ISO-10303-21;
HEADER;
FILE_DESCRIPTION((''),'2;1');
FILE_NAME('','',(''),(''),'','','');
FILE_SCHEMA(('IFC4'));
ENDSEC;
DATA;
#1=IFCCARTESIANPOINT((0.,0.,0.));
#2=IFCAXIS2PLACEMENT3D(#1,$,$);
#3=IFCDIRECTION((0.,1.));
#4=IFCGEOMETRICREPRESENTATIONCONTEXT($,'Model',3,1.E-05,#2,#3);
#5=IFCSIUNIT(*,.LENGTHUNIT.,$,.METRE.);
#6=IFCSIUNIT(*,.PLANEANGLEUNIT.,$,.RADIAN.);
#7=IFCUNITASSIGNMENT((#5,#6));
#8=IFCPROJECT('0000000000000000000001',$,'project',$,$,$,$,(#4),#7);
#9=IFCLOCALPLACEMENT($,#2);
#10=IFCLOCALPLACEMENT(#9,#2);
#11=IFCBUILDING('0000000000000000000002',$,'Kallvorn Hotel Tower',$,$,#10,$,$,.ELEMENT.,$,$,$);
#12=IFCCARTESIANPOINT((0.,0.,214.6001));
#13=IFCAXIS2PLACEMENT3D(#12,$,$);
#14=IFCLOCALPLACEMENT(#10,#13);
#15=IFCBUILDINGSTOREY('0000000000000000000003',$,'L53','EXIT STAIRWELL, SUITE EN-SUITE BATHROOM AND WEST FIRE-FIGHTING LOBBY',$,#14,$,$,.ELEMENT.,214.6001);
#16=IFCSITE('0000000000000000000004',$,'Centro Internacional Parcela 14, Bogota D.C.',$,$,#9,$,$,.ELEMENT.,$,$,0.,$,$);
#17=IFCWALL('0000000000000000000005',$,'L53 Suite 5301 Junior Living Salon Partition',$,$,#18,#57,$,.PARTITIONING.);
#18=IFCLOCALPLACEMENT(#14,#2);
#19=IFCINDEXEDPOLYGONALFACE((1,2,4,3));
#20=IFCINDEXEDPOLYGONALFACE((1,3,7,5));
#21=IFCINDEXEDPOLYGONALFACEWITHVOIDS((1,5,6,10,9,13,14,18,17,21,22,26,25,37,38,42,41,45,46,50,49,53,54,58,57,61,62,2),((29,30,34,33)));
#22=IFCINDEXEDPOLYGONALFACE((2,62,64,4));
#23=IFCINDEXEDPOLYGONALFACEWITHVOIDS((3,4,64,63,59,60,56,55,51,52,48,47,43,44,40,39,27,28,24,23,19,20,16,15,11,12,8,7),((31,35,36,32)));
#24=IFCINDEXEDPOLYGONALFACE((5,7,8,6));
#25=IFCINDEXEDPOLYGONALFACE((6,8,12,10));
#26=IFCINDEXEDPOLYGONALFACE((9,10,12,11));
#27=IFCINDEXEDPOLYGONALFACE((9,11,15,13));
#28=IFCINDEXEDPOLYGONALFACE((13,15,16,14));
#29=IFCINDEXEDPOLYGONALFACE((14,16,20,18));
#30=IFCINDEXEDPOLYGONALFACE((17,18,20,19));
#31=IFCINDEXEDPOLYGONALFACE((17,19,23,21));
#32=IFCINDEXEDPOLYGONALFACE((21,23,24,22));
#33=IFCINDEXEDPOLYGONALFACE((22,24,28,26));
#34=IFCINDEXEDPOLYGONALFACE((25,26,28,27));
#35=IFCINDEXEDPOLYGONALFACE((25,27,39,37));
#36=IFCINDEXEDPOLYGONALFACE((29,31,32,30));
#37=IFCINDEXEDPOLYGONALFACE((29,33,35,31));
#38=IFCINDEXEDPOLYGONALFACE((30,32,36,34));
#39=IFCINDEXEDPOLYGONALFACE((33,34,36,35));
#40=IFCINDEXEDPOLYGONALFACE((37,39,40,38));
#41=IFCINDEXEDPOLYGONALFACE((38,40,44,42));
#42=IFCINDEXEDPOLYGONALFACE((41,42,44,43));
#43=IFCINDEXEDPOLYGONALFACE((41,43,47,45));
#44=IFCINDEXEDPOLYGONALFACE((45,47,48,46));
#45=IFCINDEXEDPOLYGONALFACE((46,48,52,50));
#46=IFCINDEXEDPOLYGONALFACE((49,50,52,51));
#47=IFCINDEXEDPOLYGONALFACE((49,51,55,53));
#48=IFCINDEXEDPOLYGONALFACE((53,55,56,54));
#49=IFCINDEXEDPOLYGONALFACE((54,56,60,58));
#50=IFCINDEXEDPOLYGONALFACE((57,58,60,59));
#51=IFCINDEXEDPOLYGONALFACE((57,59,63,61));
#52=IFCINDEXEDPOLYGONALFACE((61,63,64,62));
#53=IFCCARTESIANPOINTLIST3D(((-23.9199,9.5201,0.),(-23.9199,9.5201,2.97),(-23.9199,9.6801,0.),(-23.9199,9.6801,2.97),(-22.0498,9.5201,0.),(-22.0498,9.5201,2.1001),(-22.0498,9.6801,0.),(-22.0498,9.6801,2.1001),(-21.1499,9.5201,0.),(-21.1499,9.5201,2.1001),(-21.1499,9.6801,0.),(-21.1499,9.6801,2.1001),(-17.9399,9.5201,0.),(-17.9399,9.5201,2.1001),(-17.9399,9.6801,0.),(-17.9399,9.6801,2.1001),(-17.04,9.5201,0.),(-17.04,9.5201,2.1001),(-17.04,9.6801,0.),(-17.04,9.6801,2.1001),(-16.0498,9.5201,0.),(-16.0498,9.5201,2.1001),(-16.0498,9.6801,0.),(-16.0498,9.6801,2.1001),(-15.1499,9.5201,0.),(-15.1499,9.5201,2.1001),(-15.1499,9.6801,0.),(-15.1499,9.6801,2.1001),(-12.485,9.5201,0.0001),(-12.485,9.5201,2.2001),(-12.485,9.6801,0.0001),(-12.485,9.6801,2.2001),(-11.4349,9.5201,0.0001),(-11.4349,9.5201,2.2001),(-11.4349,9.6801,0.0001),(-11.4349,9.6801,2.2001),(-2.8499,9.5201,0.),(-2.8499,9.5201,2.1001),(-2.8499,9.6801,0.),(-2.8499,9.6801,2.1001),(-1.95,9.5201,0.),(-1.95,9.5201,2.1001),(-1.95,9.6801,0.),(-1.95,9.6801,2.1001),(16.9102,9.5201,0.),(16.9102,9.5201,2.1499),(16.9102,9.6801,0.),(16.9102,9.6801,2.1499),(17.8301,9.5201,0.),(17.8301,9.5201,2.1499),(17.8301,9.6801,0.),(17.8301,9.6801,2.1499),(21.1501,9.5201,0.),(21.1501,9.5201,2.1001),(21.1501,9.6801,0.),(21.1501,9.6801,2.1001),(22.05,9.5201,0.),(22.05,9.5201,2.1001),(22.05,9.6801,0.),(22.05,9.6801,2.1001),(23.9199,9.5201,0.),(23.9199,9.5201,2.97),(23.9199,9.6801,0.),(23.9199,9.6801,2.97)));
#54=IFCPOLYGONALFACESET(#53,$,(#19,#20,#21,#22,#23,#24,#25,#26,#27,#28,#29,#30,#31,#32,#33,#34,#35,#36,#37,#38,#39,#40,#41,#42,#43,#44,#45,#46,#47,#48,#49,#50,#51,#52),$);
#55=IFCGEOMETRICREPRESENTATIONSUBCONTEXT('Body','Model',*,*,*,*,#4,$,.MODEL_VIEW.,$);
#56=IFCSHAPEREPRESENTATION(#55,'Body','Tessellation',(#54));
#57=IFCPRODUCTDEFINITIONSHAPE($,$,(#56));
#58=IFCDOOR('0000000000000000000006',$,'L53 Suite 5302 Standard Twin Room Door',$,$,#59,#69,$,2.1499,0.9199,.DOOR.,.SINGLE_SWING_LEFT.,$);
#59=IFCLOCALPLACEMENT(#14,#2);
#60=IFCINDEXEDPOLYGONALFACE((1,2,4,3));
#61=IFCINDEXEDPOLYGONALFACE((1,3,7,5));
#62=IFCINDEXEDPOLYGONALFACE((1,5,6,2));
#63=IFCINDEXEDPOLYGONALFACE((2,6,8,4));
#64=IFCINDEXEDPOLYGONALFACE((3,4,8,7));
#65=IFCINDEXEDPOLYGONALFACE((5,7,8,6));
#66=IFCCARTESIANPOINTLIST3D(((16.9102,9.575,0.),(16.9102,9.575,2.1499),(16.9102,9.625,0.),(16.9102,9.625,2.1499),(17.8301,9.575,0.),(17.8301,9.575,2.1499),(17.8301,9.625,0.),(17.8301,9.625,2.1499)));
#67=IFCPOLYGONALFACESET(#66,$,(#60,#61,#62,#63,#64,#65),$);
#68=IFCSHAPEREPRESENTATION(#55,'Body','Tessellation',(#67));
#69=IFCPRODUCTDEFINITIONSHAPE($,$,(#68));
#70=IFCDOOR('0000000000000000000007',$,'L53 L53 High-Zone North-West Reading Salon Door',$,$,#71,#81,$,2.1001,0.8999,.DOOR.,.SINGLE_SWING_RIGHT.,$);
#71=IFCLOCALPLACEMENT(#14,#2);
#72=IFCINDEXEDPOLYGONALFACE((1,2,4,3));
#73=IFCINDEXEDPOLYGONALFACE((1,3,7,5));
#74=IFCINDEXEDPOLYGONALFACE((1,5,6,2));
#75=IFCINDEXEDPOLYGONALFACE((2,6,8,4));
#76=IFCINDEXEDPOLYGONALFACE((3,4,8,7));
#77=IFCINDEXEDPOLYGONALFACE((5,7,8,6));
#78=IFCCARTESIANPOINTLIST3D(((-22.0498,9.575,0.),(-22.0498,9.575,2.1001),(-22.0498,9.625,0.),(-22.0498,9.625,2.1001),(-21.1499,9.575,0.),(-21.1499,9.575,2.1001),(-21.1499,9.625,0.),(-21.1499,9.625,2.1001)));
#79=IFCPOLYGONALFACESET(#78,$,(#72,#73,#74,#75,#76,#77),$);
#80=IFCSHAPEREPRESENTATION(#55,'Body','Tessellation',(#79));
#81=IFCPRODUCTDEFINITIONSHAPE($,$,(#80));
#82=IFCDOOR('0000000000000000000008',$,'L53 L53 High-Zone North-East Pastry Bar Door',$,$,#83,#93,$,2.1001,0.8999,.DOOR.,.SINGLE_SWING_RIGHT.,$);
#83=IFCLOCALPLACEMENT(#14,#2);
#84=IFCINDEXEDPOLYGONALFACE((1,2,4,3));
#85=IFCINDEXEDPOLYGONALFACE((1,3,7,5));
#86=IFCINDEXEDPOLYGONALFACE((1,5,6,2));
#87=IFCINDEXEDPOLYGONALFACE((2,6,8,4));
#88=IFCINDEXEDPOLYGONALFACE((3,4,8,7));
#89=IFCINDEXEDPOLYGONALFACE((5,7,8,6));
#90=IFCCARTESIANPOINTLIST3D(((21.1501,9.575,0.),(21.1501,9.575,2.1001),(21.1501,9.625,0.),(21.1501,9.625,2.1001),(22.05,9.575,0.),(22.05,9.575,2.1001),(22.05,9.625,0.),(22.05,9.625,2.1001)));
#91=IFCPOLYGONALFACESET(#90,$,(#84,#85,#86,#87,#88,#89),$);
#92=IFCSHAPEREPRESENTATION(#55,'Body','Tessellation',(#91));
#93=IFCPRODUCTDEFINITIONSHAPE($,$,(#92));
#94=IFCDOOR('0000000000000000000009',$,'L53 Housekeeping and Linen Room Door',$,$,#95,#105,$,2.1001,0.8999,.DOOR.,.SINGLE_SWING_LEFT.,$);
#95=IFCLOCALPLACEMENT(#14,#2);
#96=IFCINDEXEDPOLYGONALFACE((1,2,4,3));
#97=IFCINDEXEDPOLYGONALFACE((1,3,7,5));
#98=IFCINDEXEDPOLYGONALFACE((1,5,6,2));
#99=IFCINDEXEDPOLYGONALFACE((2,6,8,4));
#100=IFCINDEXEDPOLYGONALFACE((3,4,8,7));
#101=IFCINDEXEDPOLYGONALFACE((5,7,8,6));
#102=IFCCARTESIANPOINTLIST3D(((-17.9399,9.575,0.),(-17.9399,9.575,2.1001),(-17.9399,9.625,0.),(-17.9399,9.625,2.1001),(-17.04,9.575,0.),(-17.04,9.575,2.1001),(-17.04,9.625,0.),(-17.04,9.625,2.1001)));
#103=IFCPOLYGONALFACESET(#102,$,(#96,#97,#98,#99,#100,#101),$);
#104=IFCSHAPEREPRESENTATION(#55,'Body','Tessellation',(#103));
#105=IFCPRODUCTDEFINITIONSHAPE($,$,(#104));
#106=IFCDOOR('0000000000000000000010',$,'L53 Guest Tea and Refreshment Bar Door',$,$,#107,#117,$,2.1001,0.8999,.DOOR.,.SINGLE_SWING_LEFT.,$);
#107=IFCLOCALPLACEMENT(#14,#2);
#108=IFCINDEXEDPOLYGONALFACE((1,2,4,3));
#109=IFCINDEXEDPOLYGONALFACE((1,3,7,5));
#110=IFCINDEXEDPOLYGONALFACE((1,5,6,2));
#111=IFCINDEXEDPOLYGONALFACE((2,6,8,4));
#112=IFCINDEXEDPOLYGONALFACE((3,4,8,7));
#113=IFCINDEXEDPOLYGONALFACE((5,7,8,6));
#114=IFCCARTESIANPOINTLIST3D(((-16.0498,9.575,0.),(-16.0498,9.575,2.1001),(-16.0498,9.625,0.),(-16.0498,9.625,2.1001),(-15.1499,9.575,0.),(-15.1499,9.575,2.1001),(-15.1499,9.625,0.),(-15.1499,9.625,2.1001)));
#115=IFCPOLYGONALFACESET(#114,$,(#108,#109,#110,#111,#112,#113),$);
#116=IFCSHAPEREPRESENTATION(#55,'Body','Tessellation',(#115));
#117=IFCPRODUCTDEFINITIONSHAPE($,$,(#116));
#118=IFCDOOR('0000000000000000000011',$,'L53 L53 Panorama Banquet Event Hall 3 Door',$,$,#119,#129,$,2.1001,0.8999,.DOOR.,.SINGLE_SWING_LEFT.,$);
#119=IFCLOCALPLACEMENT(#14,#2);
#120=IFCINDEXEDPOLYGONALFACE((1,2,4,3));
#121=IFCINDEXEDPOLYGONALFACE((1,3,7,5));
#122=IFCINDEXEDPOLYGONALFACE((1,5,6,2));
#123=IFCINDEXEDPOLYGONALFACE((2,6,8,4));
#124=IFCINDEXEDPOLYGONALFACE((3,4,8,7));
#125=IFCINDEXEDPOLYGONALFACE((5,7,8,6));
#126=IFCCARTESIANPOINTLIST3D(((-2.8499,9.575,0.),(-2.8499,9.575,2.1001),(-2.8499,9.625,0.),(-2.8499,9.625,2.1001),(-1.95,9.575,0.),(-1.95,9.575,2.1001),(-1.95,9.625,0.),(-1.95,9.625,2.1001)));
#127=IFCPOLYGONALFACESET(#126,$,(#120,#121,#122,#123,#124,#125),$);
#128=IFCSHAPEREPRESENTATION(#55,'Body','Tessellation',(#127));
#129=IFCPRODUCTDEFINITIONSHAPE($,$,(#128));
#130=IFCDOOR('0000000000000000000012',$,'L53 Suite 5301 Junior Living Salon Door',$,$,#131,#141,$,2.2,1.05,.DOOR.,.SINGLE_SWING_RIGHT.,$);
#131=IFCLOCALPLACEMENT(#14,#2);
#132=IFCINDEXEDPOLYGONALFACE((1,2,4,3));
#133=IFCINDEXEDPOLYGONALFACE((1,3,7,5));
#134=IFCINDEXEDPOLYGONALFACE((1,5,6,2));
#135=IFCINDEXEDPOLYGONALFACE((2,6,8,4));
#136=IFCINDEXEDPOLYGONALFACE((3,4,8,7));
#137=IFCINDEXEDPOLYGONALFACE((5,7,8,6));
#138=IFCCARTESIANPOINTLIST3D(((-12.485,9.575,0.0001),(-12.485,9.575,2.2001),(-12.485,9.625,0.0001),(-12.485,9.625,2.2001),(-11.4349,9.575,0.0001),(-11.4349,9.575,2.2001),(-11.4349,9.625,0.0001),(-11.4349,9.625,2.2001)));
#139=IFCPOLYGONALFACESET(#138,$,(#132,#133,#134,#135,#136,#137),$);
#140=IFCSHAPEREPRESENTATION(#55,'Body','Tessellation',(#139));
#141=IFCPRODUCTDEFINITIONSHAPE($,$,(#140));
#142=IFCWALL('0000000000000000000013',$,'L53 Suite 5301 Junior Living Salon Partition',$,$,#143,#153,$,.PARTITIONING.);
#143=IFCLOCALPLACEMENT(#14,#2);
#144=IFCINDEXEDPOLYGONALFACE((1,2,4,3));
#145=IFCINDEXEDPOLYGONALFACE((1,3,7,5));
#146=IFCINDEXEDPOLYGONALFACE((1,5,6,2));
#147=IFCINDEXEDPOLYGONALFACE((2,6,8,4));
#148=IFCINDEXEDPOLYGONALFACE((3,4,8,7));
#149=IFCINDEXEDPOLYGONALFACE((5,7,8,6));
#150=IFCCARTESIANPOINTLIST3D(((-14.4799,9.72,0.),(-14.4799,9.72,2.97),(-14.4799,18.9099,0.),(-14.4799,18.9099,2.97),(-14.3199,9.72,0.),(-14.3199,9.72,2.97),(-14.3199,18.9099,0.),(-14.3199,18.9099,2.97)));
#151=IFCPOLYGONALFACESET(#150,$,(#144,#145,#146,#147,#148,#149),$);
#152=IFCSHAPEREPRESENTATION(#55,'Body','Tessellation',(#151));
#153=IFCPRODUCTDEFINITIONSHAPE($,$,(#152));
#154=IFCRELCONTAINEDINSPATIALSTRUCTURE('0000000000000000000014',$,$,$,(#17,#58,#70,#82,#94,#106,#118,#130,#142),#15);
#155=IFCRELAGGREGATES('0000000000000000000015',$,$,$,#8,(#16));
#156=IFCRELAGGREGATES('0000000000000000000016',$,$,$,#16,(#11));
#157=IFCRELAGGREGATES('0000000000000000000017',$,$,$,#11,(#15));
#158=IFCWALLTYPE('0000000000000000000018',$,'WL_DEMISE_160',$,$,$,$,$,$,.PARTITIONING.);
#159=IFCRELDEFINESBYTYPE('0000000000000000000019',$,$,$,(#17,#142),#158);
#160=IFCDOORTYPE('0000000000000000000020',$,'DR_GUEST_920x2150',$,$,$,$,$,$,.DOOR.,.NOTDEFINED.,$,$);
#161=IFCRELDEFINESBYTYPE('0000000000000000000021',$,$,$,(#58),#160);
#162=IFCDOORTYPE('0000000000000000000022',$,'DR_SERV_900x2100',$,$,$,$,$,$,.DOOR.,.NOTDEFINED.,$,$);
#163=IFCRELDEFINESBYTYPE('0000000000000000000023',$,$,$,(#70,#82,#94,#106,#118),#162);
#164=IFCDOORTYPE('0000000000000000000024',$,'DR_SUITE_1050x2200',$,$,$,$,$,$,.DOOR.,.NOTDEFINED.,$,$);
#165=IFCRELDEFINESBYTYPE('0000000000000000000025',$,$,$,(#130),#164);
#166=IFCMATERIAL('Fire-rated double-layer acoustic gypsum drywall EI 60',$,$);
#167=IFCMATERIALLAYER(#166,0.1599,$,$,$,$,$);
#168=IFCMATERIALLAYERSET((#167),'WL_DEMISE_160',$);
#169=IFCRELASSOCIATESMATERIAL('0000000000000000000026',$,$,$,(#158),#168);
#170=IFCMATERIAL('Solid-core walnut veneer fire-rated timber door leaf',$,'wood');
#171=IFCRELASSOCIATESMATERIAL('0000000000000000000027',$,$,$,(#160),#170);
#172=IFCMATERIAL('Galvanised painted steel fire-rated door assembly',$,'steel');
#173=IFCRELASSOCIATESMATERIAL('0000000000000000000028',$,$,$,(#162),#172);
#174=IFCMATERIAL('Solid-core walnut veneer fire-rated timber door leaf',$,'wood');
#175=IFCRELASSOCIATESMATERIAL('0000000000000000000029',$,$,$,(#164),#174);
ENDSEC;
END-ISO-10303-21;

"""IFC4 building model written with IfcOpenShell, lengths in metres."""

from ifc_helpers import new_model, si_unit, direction, frame, frame_2d, origin, place, context, subcontext, project, spatial, rectangle, extrude, material, layer, layer_set, type_object, element, fill, save


model = new_model("IFC4")

# Units and contexts
model_context = context("Model", 3, precision=1e-05, world=origin(), true_north=direction((0.0, 1.0)))
body_context = subcontext(model_context, "Body", "Model", "MODEL_VIEW")
ifc_project = project(units=[si_unit("LENGTHUNIT", "METRE"), si_unit("PLANEANGLEUNIT", "RADIAN")], contexts=[model_context])

# Site, building, storey
site_placement = place(None, origin())
site = spatial("IfcSite", under=ifc_project, at=site_placement, Name="Centro Internacional Parcela 14, Bogota D.C.", CompositionType="ELEMENT", RefElevation=0.0)
building_placement = place(site_placement, origin())
building = spatial("IfcBuilding", under=site, at=building_placement, Name="Kallvorn Hotel Tower", CompositionType="ELEMENT")
storey_placement = place(building_placement, frame((0.0, 0.0, 214.6001)))
storey = spatial("IfcBuildingStorey", under=building, at=storey_placement, Name="L53", Description="EXIT STAIRWELL, SUITE EN-SUITE BATHROOM AND WEST FIRE-FIGHTING LOBBY", CompositionType="ELEMENT", Elevation=214.6001)

# Wall, openings, doors
ifc_material_1 = material(Name="Fire-rated double-layer acoustic gypsum drywall EI 60")
ifc_layer_1 = layer(ifc_material_1, 0.1599)
ifc_layer_set_1 = layer_set([ifc_layer_1], Name="WL_DEMISE_160")
wall_type_1 = type_object("IfcWallType", Name="WL_DEMISE_160", PredefinedType="PARTITIONING", material=ifc_layer_set_1)
wall_1_placement = place(storey_placement, frame((-23.9199, 9.6001, 0.0), z_axis=(0.0, 0.0, 1.0), x_axis=(1.0, 0.0, 0.0)))
wall_1 = element("IfcWall", 1, at=wall_1_placement, inside=storey, type_object=wall_type_1, Name="L53 Suite 5301 Junior Living Salon Partition", PredefinedType="PARTITIONING", context=body_context, shape_type="SweptSolid", body=[
    extrude(rectangle(XDim=47.8398, YDim=0.1599, at=frame_2d((23.9199, 0.0))), origin(), (0.0, 0.0, 1.0), 2.97),
])
opening_1_placement = place(wall_1_placement, frame((1.8701, 0.0, 0.0)))
opening_1 = element("IfcOpeningElement", 2, at=opening_1_placement, cuts=wall_1, PredefinedType="OPENING", context=body_context, shape_type="SweptSolid", body=[
    extrude(rectangle(XDim=0.8999, YDim=2.1001, at=frame_2d((0.45, 1.05))), frame((0.0, 0.095, 0.0), z_axis=(0.0, -1.0, 0.0), x_axis=(1.0, 0.0, 0.0)), (0.0, 0.0, 1.0), 0.1899),
])
opening_2_placement = place(wall_1_placement, frame((45.0701, 0.0, 0.0)))
opening_2 = element("IfcOpeningElement", 3, at=opening_2_placement, cuts=wall_1, PredefinedType="OPENING", context=body_context, shape_type="SweptSolid", body=[
    extrude(rectangle(XDim=0.8999, YDim=2.1001, at=frame_2d((0.45, 1.05))), frame((0.0, 0.095, 0.0), z_axis=(0.0, -1.0, 0.0), x_axis=(1.0, 0.0, 0.0)), (0.0, 0.0, 1.0), 0.1899),
])
opening_3_placement = place(wall_1_placement, frame((5.98, 0.0, 0.0)))
opening_3 = element("IfcOpeningElement", 4, at=opening_3_placement, cuts=wall_1, PredefinedType="OPENING", context=body_context, shape_type="SweptSolid", body=[
    extrude(rectangle(XDim=0.8999, YDim=2.1001, at=frame_2d((0.45, 1.05))), frame((0.0, 0.095, 0.0), z_axis=(0.0, -1.0, 0.0), x_axis=(1.0, 0.0, 0.0)), (0.0, 0.0, 1.0), 0.1899),
])
opening_4_placement = place(wall_1_placement, frame((7.8701, 0.0, 0.0)))
opening_4 = element("IfcOpeningElement", 5, at=opening_4_placement, cuts=wall_1, PredefinedType="OPENING", context=body_context, shape_type="SweptSolid", body=[
    extrude(rectangle(XDim=0.8999, YDim=2.1001, at=frame_2d((0.45, 1.05))), frame((0.0, 0.095, 0.0), z_axis=(0.0, -1.0, 0.0), x_axis=(1.0, 0.0, 0.0)), (0.0, 0.0, 1.0), 0.1899),
])
opening_5_placement = place(wall_1_placement, frame((11.4351, 0.0, 0.0)))
opening_5 = element("IfcOpeningElement", 6, at=opening_5_placement, cuts=wall_1, PredefinedType="OPENING", context=body_context, shape_type="SweptSolid", body=[
    extrude(rectangle(XDim=1.05, YDim=2.2, at=frame_2d((0.5249, 1.1001))), frame((0.0, 0.095, 0.0), z_axis=(0.0, -1.0, 0.0), x_axis=(1.0, 0.0, 0.0)), (0.0, 0.0, 1.0), 0.1899),
])
opening_6_placement = place(wall_1_placement, frame((21.0701, 0.0, 0.0)))
opening_6 = element("IfcOpeningElement", 7, at=opening_6_placement, cuts=wall_1, PredefinedType="OPENING", context=body_context, shape_type="SweptSolid", body=[
    extrude(rectangle(XDim=0.8999, YDim=2.1001, at=frame_2d((0.45, 1.05))), frame((0.0, 0.095, 0.0), z_axis=(0.0, -1.0, 0.0), x_axis=(1.0, 0.0, 0.0)), (0.0, 0.0, 1.0), 0.1899),
])
opening_7_placement = place(wall_1_placement, frame((40.8301, 0.0, 0.0)))
opening_7 = element("IfcOpeningElement", 8, at=opening_7_placement, cuts=wall_1, PredefinedType="OPENING", context=body_context, shape_type="SweptSolid", body=[
    extrude(rectangle(XDim=0.9199, YDim=2.1499, at=frame_2d((0.46, 1.075))), frame((0.0, 0.095, 0.0), z_axis=(0.0, -1.0, 0.0), x_axis=(1.0, 0.0, 0.0)), (0.0, 0.0, 1.0), 0.1899),
])
ifc_material_2 = material(Name="Solid-core walnut veneer fire-rated timber door leaf", Category="wood")
door_type_1 = type_object("IfcDoorType", Name="DR_GUEST_920x2150", OperationType="NOTDEFINED", PredefinedType="DOOR", material=ifc_material_2)
door_1_placement = place(opening_7_placement, origin())
door_1 = element("IfcDoor", 9, at=door_1_placement, inside=storey, type_object=door_type_1, Name="L53 Suite 5302 Standard Twin Room Door", OperationType="SINGLE_SWING_LEFT", OverallHeight=2.1499, OverallWidth=0.9199, PredefinedType="DOOR", context=body_context, shape_type="SweptSolid", body=[
    extrude(rectangle(XDim=0.9199, YDim=2.1499, at=frame_2d((0.46, 1.075))), frame((0.0, 0.0249, 0.0), z_axis=(0.0, -1.0, 0.0), x_axis=(1.0, 0.0, 0.0)), (0.0, 0.0, 1.0), 0.05),
])
fill(opening_7, door_1)
ifc_material_3 = material(Name="Galvanised painted steel fire-rated door assembly", Category="steel")
door_type_2 = type_object("IfcDoorType", Name="DR_SERV_900x2100", OperationType="NOTDEFINED", PredefinedType="DOOR", material=ifc_material_3)
door_2_placement = place(opening_1_placement, origin())
door_2 = element("IfcDoor", 10, at=door_2_placement, inside=storey, type_object=door_type_2, Name="L53 L53 High-Zone North-West Reading Salon Door", OperationType="SINGLE_SWING_RIGHT", OverallHeight=2.1001, OverallWidth=0.8999, PredefinedType="DOOR", context=body_context, shape_type="SweptSolid", body=[
    extrude(rectangle(XDim=0.8999, YDim=2.1001, at=frame_2d((0.45, 1.05))), frame((0.0, 0.0249, 0.0), z_axis=(0.0, -1.0, 0.0), x_axis=(1.0, 0.0, 0.0)), (0.0, 0.0, 1.0), 0.05),
])
fill(opening_1, door_2)
door_3_placement = place(opening_2_placement, origin())
door_3 = element("IfcDoor", 11, at=door_3_placement, inside=storey, type_object=door_type_2, Name="L53 L53 High-Zone North-East Pastry Bar Door", OperationType="SINGLE_SWING_RIGHT", OverallHeight=2.1001, OverallWidth=0.8999, PredefinedType="DOOR", context=body_context, shape_type="SweptSolid", body=[
    extrude(rectangle(XDim=0.8999, YDim=2.1001, at=frame_2d((0.45, 1.05))), frame((0.0, 0.0249, 0.0), z_axis=(0.0, -1.0, 0.0), x_axis=(1.0, 0.0, 0.0)), (0.0, 0.0, 1.0), 0.05),
])
fill(opening_2, door_3)
door_4_placement = place(opening_3_placement, origin())
door_4 = element("IfcDoor", 12, at=door_4_placement, inside=storey, type_object=door_type_2, Name="L53 Housekeeping and Linen Room Door", OperationType="SINGLE_SWING_LEFT", OverallHeight=2.1001, OverallWidth=0.8999, PredefinedType="DOOR", context=body_context, shape_type="SweptSolid", body=[
    extrude(rectangle(XDim=0.8999, YDim=2.1001, at=frame_2d((0.45, 1.05))), frame((0.0, 0.0249, 0.0), z_axis=(0.0, -1.0, 0.0), x_axis=(1.0, 0.0, 0.0)), (0.0, 0.0, 1.0), 0.05),
])
fill(opening_3, door_4)
door_5_placement = place(opening_4_placement, origin())
door_5 = element("IfcDoor", 13, at=door_5_placement, inside=storey, type_object=door_type_2, Name="L53 Guest Tea and Refreshment Bar Door", OperationType="SINGLE_SWING_LEFT", OverallHeight=2.1001, OverallWidth=0.8999, PredefinedType="DOOR", context=body_context, shape_type="SweptSolid", body=[
    extrude(rectangle(XDim=0.8999, YDim=2.1001, at=frame_2d((0.45, 1.05))), frame((0.0, 0.0249, 0.0), z_axis=(0.0, -1.0, 0.0), x_axis=(1.0, 0.0, 0.0)), (0.0, 0.0, 1.0), 0.05),
])
fill(opening_4, door_5)
door_6_placement = place(opening_6_placement, origin())
door_6 = element("IfcDoor", 14, at=door_6_placement, inside=storey, type_object=door_type_2, Name="L53 L53 Panorama Banquet Event Hall 3 Door", OperationType="SINGLE_SWING_LEFT", OverallHeight=2.1001, OverallWidth=0.8999, PredefinedType="DOOR", context=body_context, shape_type="SweptSolid", body=[
    extrude(rectangle(XDim=0.8999, YDim=2.1001, at=frame_2d((0.45, 1.05))), frame((0.0, 0.0249, 0.0), z_axis=(0.0, -1.0, 0.0), x_axis=(1.0, 0.0, 0.0)), (0.0, 0.0, 1.0), 0.05),
])
fill(opening_6, door_6)
ifc_material_4 = material(Name="Solid-core walnut veneer fire-rated timber door leaf", Category="wood")
door_type_3 = type_object("IfcDoorType", Name="DR_SUITE_1050x2200", OperationType="NOTDEFINED", PredefinedType="DOOR", material=ifc_material_4)
door_7_placement = place(opening_5_placement, origin())
door_7 = element("IfcDoor", 15, at=door_7_placement, inside=storey, type_object=door_type_3, Name="L53 Suite 5301 Junior Living Salon Door", OperationType="SINGLE_SWING_RIGHT", OverallHeight=2.2, OverallWidth=1.05, PredefinedType="DOOR", context=body_context, shape_type="SweptSolid", body=[
    extrude(rectangle(XDim=1.05, YDim=2.2, at=frame_2d((0.5249, 1.1001))), frame((0.0, 0.0249, 0.0), z_axis=(0.0, -1.0, 0.0), x_axis=(1.0, 0.0, 0.0)), (0.0, 0.0, 1.0), 0.05),
])
fill(opening_5, door_7)

# Wall
wall_2_placement = place(storey_placement, frame((-14.3999, 9.72, 0.0), z_axis=(0.0, 0.0, 1.0), x_axis=(0.0, 1.0, 0.0)))
element("IfcWall", 16, at=wall_2_placement, inside=storey, type_object=wall_type_1, Name="L53 Suite 5301 Junior Living Salon Partition", PredefinedType="PARTITIONING", context=body_context, shape_type="SweptSolid", body=[
    extrude(rectangle(XDim=9.1899, YDim=0.1599, at=frame_2d((4.595, 0.0))), origin(), (0.0, 0.0, 1.0), 2.97),
])

save(model, "model.ifc")
